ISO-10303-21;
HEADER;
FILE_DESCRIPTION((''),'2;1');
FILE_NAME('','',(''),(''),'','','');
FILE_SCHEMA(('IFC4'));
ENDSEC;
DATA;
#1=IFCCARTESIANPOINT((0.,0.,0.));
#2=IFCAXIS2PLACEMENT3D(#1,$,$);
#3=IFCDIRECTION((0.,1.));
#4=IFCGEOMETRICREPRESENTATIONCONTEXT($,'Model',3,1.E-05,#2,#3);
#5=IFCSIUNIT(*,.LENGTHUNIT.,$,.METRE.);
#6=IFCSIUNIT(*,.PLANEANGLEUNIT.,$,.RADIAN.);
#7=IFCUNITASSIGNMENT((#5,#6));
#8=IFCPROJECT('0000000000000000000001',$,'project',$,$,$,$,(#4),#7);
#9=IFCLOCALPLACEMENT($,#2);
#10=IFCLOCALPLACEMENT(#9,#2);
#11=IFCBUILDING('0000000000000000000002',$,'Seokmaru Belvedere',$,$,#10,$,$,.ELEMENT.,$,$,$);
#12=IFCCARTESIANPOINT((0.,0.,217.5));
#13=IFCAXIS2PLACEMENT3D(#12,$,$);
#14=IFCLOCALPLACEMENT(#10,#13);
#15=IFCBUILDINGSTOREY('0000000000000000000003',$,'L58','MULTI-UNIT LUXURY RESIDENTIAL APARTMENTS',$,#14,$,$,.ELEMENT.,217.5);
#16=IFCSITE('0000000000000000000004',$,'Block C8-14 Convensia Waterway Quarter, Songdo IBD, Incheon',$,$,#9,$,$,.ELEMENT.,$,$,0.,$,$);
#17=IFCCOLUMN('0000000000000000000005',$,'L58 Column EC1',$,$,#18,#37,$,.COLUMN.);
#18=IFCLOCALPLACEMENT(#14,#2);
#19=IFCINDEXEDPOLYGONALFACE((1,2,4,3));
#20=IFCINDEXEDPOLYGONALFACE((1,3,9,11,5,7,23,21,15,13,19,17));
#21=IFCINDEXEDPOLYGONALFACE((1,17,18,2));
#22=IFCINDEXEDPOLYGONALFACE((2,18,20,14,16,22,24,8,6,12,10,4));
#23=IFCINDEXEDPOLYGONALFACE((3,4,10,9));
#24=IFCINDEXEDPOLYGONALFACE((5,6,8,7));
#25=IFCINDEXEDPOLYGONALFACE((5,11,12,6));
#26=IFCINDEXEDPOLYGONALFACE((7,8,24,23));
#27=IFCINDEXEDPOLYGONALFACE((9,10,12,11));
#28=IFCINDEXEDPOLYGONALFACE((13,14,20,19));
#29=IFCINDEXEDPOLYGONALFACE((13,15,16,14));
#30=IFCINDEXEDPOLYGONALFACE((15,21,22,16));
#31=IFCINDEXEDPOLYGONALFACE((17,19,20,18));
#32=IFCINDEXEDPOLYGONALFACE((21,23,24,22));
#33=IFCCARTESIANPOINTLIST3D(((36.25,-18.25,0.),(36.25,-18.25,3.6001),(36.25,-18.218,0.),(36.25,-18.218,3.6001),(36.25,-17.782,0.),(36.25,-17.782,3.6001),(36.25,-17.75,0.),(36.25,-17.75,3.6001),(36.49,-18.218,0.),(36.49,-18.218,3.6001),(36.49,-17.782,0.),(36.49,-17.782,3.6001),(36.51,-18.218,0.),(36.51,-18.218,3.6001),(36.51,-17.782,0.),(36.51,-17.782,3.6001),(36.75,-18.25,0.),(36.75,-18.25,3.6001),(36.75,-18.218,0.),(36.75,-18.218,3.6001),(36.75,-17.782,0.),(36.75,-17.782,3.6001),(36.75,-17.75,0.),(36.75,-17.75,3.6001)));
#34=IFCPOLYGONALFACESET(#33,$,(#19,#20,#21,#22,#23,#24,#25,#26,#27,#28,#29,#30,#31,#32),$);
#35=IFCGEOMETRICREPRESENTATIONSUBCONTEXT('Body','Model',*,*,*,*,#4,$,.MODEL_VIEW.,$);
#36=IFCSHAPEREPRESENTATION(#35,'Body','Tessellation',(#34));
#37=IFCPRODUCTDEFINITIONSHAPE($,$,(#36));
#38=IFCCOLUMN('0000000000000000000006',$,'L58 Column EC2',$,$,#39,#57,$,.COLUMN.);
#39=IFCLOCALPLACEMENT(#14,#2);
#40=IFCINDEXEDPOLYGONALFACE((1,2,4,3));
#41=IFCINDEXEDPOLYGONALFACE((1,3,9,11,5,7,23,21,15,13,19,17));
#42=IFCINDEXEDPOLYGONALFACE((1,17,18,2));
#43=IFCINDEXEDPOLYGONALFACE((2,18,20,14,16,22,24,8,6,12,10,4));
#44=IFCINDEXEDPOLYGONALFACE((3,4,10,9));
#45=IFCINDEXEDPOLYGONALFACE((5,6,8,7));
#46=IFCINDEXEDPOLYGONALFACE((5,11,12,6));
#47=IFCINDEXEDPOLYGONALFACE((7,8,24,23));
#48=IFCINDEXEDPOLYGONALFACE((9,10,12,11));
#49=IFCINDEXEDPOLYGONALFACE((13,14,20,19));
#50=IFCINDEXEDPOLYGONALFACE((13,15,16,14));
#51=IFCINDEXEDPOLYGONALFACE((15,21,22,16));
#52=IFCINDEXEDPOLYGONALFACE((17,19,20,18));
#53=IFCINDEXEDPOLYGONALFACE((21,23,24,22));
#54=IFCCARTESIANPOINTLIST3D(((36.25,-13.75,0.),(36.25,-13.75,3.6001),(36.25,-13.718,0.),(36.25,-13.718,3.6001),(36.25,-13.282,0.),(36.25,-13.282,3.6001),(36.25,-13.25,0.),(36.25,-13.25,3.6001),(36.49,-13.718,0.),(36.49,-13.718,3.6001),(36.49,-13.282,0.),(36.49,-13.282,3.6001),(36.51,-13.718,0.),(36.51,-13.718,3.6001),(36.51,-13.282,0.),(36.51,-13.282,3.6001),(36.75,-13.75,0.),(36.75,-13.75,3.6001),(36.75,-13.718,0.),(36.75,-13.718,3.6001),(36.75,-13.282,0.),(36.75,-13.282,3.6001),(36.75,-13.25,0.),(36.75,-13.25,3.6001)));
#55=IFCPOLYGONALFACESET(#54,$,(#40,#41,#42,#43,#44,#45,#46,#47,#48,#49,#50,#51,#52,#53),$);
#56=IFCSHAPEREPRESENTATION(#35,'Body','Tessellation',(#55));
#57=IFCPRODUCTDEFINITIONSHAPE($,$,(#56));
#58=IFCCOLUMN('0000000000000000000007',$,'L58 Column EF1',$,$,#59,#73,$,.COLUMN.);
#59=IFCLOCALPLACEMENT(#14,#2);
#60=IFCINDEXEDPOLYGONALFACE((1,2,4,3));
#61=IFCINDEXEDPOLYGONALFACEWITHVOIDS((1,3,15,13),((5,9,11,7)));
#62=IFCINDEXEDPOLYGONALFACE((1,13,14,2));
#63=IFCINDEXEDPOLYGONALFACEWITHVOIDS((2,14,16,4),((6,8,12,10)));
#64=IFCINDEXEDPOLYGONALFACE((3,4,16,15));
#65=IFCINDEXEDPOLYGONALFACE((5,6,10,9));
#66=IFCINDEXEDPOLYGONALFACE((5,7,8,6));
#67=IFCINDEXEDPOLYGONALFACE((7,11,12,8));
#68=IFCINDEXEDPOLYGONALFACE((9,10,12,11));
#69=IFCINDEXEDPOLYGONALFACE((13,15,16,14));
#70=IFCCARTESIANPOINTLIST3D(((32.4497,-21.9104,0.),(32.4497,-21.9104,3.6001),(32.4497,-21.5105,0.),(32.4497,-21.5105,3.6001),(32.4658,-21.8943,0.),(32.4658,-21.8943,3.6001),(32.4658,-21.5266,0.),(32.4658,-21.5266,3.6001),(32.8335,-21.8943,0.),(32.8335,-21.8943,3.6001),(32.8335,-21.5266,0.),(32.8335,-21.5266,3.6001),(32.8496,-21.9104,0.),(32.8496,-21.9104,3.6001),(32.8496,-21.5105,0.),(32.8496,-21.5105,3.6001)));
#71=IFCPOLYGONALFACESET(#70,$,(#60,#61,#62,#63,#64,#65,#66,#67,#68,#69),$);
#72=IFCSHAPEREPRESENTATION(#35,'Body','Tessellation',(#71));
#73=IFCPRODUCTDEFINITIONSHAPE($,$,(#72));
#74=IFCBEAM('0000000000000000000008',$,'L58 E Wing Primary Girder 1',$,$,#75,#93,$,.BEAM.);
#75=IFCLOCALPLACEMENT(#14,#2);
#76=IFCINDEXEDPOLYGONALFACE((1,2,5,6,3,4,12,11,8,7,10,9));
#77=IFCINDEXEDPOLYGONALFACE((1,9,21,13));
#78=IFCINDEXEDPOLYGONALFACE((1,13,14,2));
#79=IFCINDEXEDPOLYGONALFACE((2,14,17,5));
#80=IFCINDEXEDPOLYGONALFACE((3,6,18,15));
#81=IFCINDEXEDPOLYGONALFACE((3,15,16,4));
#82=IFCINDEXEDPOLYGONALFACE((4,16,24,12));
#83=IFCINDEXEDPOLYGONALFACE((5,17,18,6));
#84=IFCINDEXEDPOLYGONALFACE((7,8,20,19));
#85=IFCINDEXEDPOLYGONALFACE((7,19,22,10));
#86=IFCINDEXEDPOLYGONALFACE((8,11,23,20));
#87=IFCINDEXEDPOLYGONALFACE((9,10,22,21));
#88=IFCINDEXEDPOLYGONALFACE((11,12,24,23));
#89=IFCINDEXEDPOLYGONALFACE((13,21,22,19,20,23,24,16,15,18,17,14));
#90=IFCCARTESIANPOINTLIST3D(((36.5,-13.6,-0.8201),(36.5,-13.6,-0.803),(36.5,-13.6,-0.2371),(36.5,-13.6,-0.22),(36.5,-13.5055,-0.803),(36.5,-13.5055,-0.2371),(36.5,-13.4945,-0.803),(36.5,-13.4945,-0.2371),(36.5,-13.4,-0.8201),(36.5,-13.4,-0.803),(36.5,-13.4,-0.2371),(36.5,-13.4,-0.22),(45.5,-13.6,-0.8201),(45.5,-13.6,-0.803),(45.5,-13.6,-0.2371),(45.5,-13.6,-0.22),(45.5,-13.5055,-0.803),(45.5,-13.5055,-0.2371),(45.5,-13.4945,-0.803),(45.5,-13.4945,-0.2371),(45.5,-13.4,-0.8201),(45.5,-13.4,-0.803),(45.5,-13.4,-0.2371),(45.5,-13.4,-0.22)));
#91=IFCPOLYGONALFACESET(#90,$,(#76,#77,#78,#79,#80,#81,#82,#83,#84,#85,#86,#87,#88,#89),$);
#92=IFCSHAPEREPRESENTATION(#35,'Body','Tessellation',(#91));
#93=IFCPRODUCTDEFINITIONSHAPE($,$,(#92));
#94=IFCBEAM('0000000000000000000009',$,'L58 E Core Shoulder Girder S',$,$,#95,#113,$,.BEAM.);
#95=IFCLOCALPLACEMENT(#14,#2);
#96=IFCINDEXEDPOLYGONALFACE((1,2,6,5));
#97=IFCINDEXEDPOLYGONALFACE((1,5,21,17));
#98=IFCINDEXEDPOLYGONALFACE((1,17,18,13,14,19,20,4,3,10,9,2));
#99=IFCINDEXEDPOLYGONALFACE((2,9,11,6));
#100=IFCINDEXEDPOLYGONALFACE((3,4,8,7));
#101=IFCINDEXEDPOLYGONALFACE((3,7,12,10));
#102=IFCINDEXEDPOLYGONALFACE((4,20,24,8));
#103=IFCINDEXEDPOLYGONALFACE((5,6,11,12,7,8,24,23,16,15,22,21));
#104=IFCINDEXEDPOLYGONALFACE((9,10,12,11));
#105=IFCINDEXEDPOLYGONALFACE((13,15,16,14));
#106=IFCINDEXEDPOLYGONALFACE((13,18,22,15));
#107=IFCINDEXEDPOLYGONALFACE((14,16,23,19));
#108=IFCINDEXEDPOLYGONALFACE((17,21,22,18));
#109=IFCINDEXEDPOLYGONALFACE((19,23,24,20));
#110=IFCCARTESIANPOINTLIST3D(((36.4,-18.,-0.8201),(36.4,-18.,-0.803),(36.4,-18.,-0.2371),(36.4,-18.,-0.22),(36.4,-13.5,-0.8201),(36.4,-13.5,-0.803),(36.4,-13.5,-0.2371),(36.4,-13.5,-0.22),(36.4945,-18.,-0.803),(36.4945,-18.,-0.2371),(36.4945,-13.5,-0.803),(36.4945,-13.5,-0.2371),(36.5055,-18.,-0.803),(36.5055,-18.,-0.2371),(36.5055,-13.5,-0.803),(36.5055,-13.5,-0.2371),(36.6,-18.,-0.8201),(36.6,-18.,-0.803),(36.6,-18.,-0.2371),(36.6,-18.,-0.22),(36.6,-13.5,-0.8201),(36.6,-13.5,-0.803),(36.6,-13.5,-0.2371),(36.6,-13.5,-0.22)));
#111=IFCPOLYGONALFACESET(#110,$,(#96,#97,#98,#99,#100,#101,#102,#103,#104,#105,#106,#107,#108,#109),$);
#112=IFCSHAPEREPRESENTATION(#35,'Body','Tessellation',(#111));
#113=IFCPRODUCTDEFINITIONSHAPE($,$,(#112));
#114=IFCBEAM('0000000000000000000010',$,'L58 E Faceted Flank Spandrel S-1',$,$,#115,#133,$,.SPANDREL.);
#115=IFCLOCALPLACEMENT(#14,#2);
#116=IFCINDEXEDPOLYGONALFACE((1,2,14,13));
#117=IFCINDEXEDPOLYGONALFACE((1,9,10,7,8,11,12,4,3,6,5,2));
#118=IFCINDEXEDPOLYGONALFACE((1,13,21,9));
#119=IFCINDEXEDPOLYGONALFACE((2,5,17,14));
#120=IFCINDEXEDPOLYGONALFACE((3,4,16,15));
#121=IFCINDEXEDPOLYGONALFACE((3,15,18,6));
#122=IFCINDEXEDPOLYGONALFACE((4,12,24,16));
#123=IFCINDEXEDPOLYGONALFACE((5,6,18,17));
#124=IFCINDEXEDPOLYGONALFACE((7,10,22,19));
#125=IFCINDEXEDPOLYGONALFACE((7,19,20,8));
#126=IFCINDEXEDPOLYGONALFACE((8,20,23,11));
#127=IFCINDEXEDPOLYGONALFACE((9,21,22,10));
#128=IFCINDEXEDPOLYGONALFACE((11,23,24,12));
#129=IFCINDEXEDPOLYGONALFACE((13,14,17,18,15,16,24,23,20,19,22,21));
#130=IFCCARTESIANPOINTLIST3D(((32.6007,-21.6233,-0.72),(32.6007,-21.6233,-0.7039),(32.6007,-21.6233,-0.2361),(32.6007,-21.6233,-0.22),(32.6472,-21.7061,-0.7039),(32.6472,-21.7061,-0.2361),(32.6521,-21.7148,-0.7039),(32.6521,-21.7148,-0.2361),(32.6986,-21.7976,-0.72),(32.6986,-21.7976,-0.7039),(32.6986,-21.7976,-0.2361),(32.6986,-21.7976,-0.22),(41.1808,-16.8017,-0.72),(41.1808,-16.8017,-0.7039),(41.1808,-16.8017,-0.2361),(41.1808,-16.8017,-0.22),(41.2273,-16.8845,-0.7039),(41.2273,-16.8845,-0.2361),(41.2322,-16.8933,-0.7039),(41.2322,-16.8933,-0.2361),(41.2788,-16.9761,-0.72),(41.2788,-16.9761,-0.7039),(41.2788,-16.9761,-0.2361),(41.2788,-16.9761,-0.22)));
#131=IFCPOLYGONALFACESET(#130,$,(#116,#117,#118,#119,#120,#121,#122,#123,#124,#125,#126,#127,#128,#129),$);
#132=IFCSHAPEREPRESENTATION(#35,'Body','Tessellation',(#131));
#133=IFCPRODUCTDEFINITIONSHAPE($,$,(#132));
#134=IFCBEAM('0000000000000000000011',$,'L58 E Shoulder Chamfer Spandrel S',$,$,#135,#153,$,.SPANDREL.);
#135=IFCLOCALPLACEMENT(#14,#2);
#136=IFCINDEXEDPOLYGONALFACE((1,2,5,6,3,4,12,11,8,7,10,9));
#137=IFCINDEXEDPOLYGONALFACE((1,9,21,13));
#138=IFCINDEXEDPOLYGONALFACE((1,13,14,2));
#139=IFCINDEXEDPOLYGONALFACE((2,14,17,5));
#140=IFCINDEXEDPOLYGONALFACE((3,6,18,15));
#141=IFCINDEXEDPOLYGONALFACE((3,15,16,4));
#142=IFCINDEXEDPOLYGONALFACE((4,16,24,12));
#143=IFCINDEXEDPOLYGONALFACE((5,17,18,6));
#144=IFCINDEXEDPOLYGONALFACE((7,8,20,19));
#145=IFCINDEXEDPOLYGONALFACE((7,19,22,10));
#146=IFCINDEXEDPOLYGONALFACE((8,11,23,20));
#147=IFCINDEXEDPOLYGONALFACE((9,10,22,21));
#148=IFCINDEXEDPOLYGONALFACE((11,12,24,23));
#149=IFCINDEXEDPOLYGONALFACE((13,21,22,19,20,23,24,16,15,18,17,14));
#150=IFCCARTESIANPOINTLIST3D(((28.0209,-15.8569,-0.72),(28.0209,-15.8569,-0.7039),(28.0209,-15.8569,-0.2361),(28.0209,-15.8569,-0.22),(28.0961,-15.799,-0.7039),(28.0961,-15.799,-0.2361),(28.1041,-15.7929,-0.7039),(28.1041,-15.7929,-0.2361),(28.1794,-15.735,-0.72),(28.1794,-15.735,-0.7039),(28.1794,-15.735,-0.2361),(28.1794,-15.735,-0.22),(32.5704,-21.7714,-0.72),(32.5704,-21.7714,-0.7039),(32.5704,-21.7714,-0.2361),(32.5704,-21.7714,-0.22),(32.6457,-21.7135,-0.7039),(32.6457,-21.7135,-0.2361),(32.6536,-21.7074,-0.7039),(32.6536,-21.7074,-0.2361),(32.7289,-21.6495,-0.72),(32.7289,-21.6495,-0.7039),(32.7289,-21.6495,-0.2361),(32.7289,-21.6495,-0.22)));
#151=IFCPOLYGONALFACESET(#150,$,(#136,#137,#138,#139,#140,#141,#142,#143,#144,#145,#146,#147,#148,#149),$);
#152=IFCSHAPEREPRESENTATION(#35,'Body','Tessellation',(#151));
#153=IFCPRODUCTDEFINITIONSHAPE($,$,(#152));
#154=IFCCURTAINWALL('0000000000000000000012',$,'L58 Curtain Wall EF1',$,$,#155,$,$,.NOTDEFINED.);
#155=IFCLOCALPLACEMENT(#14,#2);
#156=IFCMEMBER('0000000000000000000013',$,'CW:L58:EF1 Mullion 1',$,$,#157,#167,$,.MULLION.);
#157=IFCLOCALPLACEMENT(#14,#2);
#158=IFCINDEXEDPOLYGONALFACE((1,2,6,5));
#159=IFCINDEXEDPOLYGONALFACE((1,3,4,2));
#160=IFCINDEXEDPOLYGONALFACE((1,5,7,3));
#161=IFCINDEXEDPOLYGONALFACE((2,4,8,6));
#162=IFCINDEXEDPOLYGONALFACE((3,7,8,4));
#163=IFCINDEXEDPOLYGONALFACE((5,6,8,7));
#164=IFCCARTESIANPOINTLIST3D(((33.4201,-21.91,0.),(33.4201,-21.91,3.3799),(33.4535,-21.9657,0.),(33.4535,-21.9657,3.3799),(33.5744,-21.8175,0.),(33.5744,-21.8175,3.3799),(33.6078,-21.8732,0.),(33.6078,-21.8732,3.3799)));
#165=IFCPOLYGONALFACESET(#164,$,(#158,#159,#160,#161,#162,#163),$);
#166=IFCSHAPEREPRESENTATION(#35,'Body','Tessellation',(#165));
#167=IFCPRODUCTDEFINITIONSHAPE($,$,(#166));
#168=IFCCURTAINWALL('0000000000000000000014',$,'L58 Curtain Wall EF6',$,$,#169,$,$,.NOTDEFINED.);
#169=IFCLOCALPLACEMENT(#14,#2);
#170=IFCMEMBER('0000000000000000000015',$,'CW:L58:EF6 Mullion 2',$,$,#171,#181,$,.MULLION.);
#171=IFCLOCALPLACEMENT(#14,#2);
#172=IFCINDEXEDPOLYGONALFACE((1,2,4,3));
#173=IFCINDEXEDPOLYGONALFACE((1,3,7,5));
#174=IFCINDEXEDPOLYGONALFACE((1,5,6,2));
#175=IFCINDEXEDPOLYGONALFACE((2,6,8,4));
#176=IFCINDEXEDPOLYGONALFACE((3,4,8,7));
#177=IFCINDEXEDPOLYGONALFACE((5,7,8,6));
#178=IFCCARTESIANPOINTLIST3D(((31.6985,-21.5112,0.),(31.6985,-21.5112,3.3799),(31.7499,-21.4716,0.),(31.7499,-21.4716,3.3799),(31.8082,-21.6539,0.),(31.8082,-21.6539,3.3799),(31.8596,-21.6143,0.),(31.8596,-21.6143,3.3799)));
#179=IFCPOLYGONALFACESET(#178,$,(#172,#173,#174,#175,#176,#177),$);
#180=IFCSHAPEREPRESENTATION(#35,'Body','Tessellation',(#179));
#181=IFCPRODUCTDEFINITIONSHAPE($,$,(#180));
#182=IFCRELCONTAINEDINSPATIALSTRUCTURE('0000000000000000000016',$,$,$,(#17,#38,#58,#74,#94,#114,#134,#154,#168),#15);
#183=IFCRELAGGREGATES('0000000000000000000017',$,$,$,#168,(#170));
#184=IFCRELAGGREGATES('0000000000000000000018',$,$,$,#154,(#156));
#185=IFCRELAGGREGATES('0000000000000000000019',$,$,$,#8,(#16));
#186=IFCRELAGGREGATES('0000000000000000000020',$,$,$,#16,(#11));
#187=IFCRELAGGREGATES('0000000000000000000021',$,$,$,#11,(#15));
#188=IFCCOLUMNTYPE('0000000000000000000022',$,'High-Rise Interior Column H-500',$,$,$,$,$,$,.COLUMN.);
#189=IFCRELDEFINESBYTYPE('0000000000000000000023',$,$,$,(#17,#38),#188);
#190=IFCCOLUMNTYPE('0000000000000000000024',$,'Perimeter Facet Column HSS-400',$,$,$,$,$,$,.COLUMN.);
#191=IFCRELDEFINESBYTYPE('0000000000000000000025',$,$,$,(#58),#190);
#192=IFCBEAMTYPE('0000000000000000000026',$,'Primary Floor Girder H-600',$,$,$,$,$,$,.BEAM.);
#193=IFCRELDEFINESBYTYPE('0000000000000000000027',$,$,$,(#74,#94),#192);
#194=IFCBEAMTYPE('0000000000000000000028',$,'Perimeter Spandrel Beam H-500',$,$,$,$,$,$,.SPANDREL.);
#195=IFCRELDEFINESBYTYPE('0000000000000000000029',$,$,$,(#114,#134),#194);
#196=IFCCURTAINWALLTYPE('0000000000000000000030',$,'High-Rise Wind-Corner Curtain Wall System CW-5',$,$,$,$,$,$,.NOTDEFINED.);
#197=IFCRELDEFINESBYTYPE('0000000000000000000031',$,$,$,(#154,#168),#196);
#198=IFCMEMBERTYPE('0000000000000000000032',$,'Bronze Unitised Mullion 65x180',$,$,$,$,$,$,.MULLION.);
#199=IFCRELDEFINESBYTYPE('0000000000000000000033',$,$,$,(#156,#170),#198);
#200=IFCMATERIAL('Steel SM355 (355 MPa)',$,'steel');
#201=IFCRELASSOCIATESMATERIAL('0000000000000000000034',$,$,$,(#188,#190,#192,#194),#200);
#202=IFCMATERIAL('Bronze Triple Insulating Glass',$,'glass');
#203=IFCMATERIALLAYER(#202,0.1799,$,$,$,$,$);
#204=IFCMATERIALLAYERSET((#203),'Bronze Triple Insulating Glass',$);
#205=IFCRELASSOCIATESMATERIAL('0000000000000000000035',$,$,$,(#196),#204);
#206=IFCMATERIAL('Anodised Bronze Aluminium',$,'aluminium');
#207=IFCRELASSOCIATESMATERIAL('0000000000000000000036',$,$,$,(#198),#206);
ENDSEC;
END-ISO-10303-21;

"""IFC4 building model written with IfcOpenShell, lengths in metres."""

from ifc_helpers import new_model, si_unit, direction, frame, origin, origin_2d, place, context, subcontext, project, spatial, rectangle, hollow_rectangle, i_section, extrude, source, transform, mapped, material, layer, layer_set, material_profile, profile_set, type_object, type_shapes, element, aggregate, save


model = new_model("IFC4")

# Units and contexts
model_context = context("Model", 3, precision=1e-05, world=origin(), true_north=direction((0.0, 1.0)))
body_context = subcontext(model_context, "Body", "Model", "MODEL_VIEW")
ifc_project = project(units=[si_unit("LENGTHUNIT", "METRE"), si_unit("PLANEANGLEUNIT", "RADIAN")], contexts=[model_context])

# Site, building, storey
site_placement = place(None, origin())
site = spatial("IfcSite", under=ifc_project, at=site_placement, Name="Block C8-14 Convensia Waterway Quarter, Songdo IBD, Incheon", CompositionType="ELEMENT", RefElevation=0.0)
building_placement = place(site_placement, origin())
building = spatial("IfcBuilding", under=site, at=building_placement, Name="Seokmaru Belvedere", CompositionType="ELEMENT")
storey_placement = place(building_placement, frame((0.0, 0.0, 217.5)))
storey = spatial("IfcBuildingStorey", under=building, at=storey_placement, Name="L58", Description="MULTI-UNIT LUXURY RESIDENTIAL APARTMENTS", CompositionType="ELEMENT", Elevation=217.5)

# Columns
ifc_material_1 = material(Name="Steel SM355 (355 MPa)", Category="steel")
ifc_material_profile_1 = material_profile(ifc_material_1, i_section(OverallWidth=0.5, OverallDepth=0.5, WebThickness=0.02, FlangeThickness=0.032, at=origin_2d()), Name="H-500x500x20x32")
ifc_profile_set_1 = profile_set([ifc_material_profile_1], Name="Steel SM355 (355 MPa)")
column_type_1 = type_object("IfcColumnType", Name="High-Rise Interior Column H-500", PredefinedType="COLUMN", material=ifc_profile_set_1)
shared_shape_1 = source(origin(), body_context, "Body", "SweptSolid", [
    extrude(i_section(OverallWidth=0.5, OverallDepth=0.5, WebThickness=0.02, FlangeThickness=0.032, at=origin_2d()), origin(), (0.0, 0.0, 1.0), 3.6001),
])
type_shapes(column_type_1, [shared_shape_1])
for number, where, z_axis, x_axis, name in (
    (1, (36.5, -18.0, 0.0), (0.0, 0.0, 1.0), (1.0, 0.0, 0.0), "L58 Column EC1"),
    (2, (36.5, -13.5, 0.0), (0.0, 0.0, 1.0), (1.0, 0.0, 0.0), "L58 Column EC2"),
):
    element("IfcColumn", number, at=place(storey_placement, frame(where, z_axis=z_axis, x_axis=x_axis)), inside=storey, type_object=column_type_1, Name=name, PredefinedType="COLUMN", context=body_context, shape_type="MappedRepresentation", body=[
        mapped(shared_shape_1, transform((0.0, 0.0, 0.0), scale=1.0)),
    ])
ifc_material_profile_2 = material_profile(ifc_material_1, hollow_rectangle(XDim=0.3999, YDim=0.3999, WallThickness=0.0161, at=origin_2d()), Name="HSS-400x400x16")
ifc_profile_set_2 = profile_set([ifc_material_profile_2], Name="Steel SM355 (355 MPa)")
column_type_2 = type_object("IfcColumnType", Name="Perimeter Facet Column HSS-400", PredefinedType="COLUMN", material=ifc_profile_set_2)
shared_shape_2 = source(origin(), body_context, "Body", "SweptSolid", [
    extrude(hollow_rectangle(XDim=0.3999, YDim=0.3999, WallThickness=0.0161, at=origin_2d()), origin(), (0.0, 0.0, 1.0), 3.6001),
])
type_shapes(column_type_2, [shared_shape_2])
column_placement = place(storey_placement, frame((32.6497, -21.7104, 0.0), z_axis=(0.0, 0.0, 1.0), x_axis=(1.0, 0.0, 0.0)))
element("IfcColumn", 3, at=column_placement, inside=storey, type_object=column_type_2, Name="L58 Column EF1", PredefinedType="COLUMN", context=body_context, shape_type="MappedRepresentation", body=[
    mapped(shared_shape_2, transform((0.0, 0.0, 0.0), scale=1.0)),
])

# Beams
ifc_material_profile_3 = material_profile(ifc_material_1, i_section(OverallWidth=0.2, OverallDepth=0.6001, WebThickness=0.011, FlangeThickness=0.0171, at=origin_2d()), Name="H-600x200x11x17")
ifc_profile_set_3 = profile_set([ifc_material_profile_3], Name="Steel SM355 (355 MPa)")
beam_type_1 = type_object("IfcBeamType", Name="Primary Floor Girder H-600", PredefinedType="BEAM", material=ifc_profile_set_3)
shared_shape_3 = source(origin(), body_context, "Body", "SweptSolid", [
    extrude(i_section(OverallWidth=0.2, OverallDepth=0.6001, WebThickness=0.011, FlangeThickness=0.0171, at=origin_2d()), origin(), (0.0, 0.0, 1.0), 9.0),
])
beam_1_placement = place(storey_placement, frame((36.5, -13.5, -0.52), z_axis=(1.0, 0.0, 0.0), x_axis=(0.0, 1.0, 0.0)))
element("IfcBeam", 4, at=beam_1_placement, inside=storey, type_object=beam_type_1, Name="L58 E Wing Primary Girder 1", PredefinedType="BEAM", context=body_context, shape_type="MappedRepresentation", body=[
    mapped(shared_shape_3, transform((0.0, 0.0, 0.0), scale=1.0)),
])
shared_shape_4 = source(origin(), body_context, "Body", "SweptSolid", [
    extrude(i_section(OverallWidth=0.2, OverallDepth=0.6001, WebThickness=0.011, FlangeThickness=0.0171, at=origin_2d()), origin(), (0.0, 0.0, 1.0), 4.5),
])
type_shapes(beam_type_1, [shared_shape_3, shared_shape_4])
beam_2_placement = place(storey_placement, frame((36.5, -18.0, -0.52), z_axis=(0.0, 1.0, 0.0), x_axis=(-1.0, 0.0, 0.0)))
element("IfcBeam", 5, at=beam_2_placement, inside=storey, type_object=beam_type_1, Name="L58 E Core Shoulder Girder S", PredefinedType="BEAM", context=body_context, shape_type="MappedRepresentation", body=[
    mapped(shared_shape_4, transform((0.0, 0.0, 0.0), scale=1.0)),
])
ifc_material_profile_4 = material_profile(ifc_material_1, i_section(OverallWidth=0.2, OverallDepth=0.5, WebThickness=0.01, FlangeThickness=0.0161, at=origin_2d()), Name="H-500x200x10x16")
ifc_profile_set_4 = profile_set([ifc_material_profile_4], Name="Steel SM355 (355 MPa)")
beam_type_2 = type_object("IfcBeamType", Name="Perimeter Spandrel Beam H-500", PredefinedType="SPANDREL", material=ifc_profile_set_4)
shared_shape_5 = source(origin(), body_context, "Body", "SweptSolid", [
    extrude(i_section(OverallWidth=0.2, OverallDepth=0.5, WebThickness=0.01, FlangeThickness=0.0161, at=origin_2d()), origin(), (0.0, 0.0, 1.0), 9.842),
])
beam_3_placement = place(storey_placement, frame((32.6497, -21.7104, -0.47), z_axis=(0.871782, 0.489894, 0.0), x_axis=(-0.489894, 0.871782, 0.0)))
element("IfcBeam", 6, at=beam_3_placement, inside=storey, type_object=beam_type_2, Name="L58 E Faceted Flank Spandrel S-1", PredefinedType="SPANDREL", context=body_context, shape_type="MappedRepresentation", body=[
    mapped(shared_shape_5, transform((0.0, 0.0, 0.0), scale=1.0)),
])
shared_shape_6 = source(origin(), body_context, "Body", "SweptSolid", [
    extrude(i_section(OverallWidth=0.2, OverallDepth=0.5, WebThickness=0.01, FlangeThickness=0.0161, at=origin_2d()), origin(), (0.0, 0.0, 1.0), 7.4619),
])
type_shapes(beam_type_2, [shared_shape_5, shared_shape_6])
beam_4_placement = place(storey_placement, frame((32.6497, -21.7104, -0.47), z_axis=(-0.609703, 0.79263, 0.0), x_axis=(-0.79263, -0.609703, 0.0)))
element("IfcBeam", 7, at=beam_4_placement, inside=storey, type_object=beam_type_2, Name="L58 E Shoulder Chamfer Spandrel S", PredefinedType="SPANDREL", context=body_context, shape_type="MappedRepresentation", body=[
    mapped(shared_shape_6, transform((0.0, 0.0, 0.0), scale=1.0)),
])

# Curtain wall, member
ifc_material_2 = material(Name="Bronze Triple Insulating Glass", Category="glass")
ifc_layer_1 = layer(ifc_material_2, 0.1799)
ifc_layer_set_1 = layer_set([ifc_layer_1], Name="Bronze Triple Insulating Glass")
curtain_wall_type = type_object("IfcCurtainWallType", Name="High-Rise Wind-Corner Curtain Wall System CW-5", PredefinedType="NOTDEFINED", material=ifc_layer_set_1)
curtain_wall_1_placement = place(storey_placement, origin())
curtain_wall_1 = element("IfcCurtainWall", 8, at=curtain_wall_1_placement, inside=storey, type_object=curtain_wall_type, Name="L58 Curtain Wall EF1", PredefinedType="NOTDEFINED")
ifc_material_3 = material(Name="Anodised Bronze Aluminium", Category="aluminium")
ifc_material_profile_5 = material_profile(ifc_material_3, rectangle(XDim=0.0649, YDim=0.1799, at=origin_2d()), Name="CW-M-65x180")
ifc_profile_set_5 = profile_set([ifc_material_profile_5], Name="Anodised Bronze Aluminium")
member_type_1 = type_object("IfcMemberType", Name="Bronze Unitised Mullion 65x180", PredefinedType="MULLION", material=ifc_profile_set_5)
shared_shape_7 = source(origin(), body_context, "Body", "SweptSolid", [
    extrude(rectangle(XDim=0.0649, YDim=0.1799, at=origin_2d()), origin(), (0.0, 0.0, 1.0), 3.3799),
])
type_shapes(member_type_1, [shared_shape_7])
member_1_placement = place(storey_placement, frame((33.5139, -21.8916, 0.0), z_axis=(0.0, 0.0, 1.0), x_axis=(-0.514495, 0.857493, 0.0)))
member_1 = element("IfcMember", 9, at=member_1_placement, type_object=member_type_1, Name="CW:L58:EF1 Mullion 1", PredefinedType="MULLION", context=body_context, shape_type="MappedRepresentation", body=[
    mapped(shared_shape_7, transform((0.0, 0.0, 0.0), scale=1.0)),
])

# Curtain wall, member
curtain_wall_2_placement = place(storey_placement, origin())
curtain_wall_2 = element("IfcCurtainWall", 10, at=curtain_wall_2_placement, inside=storey, type_object=curtain_wall_type, Name="L58 Curtain Wall EF6", PredefinedType="NOTDEFINED")
member_2_placement = place(storey_placement, frame((31.7791, -21.5627, 0.0), z_axis=(0.0, 0.0, 1.0), x_axis=(0.792631, 0.609701, 0.0)))
member_2 = element("IfcMember", 11, at=member_2_placement, type_object=member_type_1, Name="CW:L58:EF6 Mullion 2", PredefinedType="MULLION", context=body_context, shape_type="MappedRepresentation", body=[
    mapped(shared_shape_7, transform((0.0, 0.0, 0.0), scale=1.0)),
])

aggregate(curtain_wall_2, [member_2])
aggregate(curtain_wall_1, [member_1])

save(model, "model.ifc")
